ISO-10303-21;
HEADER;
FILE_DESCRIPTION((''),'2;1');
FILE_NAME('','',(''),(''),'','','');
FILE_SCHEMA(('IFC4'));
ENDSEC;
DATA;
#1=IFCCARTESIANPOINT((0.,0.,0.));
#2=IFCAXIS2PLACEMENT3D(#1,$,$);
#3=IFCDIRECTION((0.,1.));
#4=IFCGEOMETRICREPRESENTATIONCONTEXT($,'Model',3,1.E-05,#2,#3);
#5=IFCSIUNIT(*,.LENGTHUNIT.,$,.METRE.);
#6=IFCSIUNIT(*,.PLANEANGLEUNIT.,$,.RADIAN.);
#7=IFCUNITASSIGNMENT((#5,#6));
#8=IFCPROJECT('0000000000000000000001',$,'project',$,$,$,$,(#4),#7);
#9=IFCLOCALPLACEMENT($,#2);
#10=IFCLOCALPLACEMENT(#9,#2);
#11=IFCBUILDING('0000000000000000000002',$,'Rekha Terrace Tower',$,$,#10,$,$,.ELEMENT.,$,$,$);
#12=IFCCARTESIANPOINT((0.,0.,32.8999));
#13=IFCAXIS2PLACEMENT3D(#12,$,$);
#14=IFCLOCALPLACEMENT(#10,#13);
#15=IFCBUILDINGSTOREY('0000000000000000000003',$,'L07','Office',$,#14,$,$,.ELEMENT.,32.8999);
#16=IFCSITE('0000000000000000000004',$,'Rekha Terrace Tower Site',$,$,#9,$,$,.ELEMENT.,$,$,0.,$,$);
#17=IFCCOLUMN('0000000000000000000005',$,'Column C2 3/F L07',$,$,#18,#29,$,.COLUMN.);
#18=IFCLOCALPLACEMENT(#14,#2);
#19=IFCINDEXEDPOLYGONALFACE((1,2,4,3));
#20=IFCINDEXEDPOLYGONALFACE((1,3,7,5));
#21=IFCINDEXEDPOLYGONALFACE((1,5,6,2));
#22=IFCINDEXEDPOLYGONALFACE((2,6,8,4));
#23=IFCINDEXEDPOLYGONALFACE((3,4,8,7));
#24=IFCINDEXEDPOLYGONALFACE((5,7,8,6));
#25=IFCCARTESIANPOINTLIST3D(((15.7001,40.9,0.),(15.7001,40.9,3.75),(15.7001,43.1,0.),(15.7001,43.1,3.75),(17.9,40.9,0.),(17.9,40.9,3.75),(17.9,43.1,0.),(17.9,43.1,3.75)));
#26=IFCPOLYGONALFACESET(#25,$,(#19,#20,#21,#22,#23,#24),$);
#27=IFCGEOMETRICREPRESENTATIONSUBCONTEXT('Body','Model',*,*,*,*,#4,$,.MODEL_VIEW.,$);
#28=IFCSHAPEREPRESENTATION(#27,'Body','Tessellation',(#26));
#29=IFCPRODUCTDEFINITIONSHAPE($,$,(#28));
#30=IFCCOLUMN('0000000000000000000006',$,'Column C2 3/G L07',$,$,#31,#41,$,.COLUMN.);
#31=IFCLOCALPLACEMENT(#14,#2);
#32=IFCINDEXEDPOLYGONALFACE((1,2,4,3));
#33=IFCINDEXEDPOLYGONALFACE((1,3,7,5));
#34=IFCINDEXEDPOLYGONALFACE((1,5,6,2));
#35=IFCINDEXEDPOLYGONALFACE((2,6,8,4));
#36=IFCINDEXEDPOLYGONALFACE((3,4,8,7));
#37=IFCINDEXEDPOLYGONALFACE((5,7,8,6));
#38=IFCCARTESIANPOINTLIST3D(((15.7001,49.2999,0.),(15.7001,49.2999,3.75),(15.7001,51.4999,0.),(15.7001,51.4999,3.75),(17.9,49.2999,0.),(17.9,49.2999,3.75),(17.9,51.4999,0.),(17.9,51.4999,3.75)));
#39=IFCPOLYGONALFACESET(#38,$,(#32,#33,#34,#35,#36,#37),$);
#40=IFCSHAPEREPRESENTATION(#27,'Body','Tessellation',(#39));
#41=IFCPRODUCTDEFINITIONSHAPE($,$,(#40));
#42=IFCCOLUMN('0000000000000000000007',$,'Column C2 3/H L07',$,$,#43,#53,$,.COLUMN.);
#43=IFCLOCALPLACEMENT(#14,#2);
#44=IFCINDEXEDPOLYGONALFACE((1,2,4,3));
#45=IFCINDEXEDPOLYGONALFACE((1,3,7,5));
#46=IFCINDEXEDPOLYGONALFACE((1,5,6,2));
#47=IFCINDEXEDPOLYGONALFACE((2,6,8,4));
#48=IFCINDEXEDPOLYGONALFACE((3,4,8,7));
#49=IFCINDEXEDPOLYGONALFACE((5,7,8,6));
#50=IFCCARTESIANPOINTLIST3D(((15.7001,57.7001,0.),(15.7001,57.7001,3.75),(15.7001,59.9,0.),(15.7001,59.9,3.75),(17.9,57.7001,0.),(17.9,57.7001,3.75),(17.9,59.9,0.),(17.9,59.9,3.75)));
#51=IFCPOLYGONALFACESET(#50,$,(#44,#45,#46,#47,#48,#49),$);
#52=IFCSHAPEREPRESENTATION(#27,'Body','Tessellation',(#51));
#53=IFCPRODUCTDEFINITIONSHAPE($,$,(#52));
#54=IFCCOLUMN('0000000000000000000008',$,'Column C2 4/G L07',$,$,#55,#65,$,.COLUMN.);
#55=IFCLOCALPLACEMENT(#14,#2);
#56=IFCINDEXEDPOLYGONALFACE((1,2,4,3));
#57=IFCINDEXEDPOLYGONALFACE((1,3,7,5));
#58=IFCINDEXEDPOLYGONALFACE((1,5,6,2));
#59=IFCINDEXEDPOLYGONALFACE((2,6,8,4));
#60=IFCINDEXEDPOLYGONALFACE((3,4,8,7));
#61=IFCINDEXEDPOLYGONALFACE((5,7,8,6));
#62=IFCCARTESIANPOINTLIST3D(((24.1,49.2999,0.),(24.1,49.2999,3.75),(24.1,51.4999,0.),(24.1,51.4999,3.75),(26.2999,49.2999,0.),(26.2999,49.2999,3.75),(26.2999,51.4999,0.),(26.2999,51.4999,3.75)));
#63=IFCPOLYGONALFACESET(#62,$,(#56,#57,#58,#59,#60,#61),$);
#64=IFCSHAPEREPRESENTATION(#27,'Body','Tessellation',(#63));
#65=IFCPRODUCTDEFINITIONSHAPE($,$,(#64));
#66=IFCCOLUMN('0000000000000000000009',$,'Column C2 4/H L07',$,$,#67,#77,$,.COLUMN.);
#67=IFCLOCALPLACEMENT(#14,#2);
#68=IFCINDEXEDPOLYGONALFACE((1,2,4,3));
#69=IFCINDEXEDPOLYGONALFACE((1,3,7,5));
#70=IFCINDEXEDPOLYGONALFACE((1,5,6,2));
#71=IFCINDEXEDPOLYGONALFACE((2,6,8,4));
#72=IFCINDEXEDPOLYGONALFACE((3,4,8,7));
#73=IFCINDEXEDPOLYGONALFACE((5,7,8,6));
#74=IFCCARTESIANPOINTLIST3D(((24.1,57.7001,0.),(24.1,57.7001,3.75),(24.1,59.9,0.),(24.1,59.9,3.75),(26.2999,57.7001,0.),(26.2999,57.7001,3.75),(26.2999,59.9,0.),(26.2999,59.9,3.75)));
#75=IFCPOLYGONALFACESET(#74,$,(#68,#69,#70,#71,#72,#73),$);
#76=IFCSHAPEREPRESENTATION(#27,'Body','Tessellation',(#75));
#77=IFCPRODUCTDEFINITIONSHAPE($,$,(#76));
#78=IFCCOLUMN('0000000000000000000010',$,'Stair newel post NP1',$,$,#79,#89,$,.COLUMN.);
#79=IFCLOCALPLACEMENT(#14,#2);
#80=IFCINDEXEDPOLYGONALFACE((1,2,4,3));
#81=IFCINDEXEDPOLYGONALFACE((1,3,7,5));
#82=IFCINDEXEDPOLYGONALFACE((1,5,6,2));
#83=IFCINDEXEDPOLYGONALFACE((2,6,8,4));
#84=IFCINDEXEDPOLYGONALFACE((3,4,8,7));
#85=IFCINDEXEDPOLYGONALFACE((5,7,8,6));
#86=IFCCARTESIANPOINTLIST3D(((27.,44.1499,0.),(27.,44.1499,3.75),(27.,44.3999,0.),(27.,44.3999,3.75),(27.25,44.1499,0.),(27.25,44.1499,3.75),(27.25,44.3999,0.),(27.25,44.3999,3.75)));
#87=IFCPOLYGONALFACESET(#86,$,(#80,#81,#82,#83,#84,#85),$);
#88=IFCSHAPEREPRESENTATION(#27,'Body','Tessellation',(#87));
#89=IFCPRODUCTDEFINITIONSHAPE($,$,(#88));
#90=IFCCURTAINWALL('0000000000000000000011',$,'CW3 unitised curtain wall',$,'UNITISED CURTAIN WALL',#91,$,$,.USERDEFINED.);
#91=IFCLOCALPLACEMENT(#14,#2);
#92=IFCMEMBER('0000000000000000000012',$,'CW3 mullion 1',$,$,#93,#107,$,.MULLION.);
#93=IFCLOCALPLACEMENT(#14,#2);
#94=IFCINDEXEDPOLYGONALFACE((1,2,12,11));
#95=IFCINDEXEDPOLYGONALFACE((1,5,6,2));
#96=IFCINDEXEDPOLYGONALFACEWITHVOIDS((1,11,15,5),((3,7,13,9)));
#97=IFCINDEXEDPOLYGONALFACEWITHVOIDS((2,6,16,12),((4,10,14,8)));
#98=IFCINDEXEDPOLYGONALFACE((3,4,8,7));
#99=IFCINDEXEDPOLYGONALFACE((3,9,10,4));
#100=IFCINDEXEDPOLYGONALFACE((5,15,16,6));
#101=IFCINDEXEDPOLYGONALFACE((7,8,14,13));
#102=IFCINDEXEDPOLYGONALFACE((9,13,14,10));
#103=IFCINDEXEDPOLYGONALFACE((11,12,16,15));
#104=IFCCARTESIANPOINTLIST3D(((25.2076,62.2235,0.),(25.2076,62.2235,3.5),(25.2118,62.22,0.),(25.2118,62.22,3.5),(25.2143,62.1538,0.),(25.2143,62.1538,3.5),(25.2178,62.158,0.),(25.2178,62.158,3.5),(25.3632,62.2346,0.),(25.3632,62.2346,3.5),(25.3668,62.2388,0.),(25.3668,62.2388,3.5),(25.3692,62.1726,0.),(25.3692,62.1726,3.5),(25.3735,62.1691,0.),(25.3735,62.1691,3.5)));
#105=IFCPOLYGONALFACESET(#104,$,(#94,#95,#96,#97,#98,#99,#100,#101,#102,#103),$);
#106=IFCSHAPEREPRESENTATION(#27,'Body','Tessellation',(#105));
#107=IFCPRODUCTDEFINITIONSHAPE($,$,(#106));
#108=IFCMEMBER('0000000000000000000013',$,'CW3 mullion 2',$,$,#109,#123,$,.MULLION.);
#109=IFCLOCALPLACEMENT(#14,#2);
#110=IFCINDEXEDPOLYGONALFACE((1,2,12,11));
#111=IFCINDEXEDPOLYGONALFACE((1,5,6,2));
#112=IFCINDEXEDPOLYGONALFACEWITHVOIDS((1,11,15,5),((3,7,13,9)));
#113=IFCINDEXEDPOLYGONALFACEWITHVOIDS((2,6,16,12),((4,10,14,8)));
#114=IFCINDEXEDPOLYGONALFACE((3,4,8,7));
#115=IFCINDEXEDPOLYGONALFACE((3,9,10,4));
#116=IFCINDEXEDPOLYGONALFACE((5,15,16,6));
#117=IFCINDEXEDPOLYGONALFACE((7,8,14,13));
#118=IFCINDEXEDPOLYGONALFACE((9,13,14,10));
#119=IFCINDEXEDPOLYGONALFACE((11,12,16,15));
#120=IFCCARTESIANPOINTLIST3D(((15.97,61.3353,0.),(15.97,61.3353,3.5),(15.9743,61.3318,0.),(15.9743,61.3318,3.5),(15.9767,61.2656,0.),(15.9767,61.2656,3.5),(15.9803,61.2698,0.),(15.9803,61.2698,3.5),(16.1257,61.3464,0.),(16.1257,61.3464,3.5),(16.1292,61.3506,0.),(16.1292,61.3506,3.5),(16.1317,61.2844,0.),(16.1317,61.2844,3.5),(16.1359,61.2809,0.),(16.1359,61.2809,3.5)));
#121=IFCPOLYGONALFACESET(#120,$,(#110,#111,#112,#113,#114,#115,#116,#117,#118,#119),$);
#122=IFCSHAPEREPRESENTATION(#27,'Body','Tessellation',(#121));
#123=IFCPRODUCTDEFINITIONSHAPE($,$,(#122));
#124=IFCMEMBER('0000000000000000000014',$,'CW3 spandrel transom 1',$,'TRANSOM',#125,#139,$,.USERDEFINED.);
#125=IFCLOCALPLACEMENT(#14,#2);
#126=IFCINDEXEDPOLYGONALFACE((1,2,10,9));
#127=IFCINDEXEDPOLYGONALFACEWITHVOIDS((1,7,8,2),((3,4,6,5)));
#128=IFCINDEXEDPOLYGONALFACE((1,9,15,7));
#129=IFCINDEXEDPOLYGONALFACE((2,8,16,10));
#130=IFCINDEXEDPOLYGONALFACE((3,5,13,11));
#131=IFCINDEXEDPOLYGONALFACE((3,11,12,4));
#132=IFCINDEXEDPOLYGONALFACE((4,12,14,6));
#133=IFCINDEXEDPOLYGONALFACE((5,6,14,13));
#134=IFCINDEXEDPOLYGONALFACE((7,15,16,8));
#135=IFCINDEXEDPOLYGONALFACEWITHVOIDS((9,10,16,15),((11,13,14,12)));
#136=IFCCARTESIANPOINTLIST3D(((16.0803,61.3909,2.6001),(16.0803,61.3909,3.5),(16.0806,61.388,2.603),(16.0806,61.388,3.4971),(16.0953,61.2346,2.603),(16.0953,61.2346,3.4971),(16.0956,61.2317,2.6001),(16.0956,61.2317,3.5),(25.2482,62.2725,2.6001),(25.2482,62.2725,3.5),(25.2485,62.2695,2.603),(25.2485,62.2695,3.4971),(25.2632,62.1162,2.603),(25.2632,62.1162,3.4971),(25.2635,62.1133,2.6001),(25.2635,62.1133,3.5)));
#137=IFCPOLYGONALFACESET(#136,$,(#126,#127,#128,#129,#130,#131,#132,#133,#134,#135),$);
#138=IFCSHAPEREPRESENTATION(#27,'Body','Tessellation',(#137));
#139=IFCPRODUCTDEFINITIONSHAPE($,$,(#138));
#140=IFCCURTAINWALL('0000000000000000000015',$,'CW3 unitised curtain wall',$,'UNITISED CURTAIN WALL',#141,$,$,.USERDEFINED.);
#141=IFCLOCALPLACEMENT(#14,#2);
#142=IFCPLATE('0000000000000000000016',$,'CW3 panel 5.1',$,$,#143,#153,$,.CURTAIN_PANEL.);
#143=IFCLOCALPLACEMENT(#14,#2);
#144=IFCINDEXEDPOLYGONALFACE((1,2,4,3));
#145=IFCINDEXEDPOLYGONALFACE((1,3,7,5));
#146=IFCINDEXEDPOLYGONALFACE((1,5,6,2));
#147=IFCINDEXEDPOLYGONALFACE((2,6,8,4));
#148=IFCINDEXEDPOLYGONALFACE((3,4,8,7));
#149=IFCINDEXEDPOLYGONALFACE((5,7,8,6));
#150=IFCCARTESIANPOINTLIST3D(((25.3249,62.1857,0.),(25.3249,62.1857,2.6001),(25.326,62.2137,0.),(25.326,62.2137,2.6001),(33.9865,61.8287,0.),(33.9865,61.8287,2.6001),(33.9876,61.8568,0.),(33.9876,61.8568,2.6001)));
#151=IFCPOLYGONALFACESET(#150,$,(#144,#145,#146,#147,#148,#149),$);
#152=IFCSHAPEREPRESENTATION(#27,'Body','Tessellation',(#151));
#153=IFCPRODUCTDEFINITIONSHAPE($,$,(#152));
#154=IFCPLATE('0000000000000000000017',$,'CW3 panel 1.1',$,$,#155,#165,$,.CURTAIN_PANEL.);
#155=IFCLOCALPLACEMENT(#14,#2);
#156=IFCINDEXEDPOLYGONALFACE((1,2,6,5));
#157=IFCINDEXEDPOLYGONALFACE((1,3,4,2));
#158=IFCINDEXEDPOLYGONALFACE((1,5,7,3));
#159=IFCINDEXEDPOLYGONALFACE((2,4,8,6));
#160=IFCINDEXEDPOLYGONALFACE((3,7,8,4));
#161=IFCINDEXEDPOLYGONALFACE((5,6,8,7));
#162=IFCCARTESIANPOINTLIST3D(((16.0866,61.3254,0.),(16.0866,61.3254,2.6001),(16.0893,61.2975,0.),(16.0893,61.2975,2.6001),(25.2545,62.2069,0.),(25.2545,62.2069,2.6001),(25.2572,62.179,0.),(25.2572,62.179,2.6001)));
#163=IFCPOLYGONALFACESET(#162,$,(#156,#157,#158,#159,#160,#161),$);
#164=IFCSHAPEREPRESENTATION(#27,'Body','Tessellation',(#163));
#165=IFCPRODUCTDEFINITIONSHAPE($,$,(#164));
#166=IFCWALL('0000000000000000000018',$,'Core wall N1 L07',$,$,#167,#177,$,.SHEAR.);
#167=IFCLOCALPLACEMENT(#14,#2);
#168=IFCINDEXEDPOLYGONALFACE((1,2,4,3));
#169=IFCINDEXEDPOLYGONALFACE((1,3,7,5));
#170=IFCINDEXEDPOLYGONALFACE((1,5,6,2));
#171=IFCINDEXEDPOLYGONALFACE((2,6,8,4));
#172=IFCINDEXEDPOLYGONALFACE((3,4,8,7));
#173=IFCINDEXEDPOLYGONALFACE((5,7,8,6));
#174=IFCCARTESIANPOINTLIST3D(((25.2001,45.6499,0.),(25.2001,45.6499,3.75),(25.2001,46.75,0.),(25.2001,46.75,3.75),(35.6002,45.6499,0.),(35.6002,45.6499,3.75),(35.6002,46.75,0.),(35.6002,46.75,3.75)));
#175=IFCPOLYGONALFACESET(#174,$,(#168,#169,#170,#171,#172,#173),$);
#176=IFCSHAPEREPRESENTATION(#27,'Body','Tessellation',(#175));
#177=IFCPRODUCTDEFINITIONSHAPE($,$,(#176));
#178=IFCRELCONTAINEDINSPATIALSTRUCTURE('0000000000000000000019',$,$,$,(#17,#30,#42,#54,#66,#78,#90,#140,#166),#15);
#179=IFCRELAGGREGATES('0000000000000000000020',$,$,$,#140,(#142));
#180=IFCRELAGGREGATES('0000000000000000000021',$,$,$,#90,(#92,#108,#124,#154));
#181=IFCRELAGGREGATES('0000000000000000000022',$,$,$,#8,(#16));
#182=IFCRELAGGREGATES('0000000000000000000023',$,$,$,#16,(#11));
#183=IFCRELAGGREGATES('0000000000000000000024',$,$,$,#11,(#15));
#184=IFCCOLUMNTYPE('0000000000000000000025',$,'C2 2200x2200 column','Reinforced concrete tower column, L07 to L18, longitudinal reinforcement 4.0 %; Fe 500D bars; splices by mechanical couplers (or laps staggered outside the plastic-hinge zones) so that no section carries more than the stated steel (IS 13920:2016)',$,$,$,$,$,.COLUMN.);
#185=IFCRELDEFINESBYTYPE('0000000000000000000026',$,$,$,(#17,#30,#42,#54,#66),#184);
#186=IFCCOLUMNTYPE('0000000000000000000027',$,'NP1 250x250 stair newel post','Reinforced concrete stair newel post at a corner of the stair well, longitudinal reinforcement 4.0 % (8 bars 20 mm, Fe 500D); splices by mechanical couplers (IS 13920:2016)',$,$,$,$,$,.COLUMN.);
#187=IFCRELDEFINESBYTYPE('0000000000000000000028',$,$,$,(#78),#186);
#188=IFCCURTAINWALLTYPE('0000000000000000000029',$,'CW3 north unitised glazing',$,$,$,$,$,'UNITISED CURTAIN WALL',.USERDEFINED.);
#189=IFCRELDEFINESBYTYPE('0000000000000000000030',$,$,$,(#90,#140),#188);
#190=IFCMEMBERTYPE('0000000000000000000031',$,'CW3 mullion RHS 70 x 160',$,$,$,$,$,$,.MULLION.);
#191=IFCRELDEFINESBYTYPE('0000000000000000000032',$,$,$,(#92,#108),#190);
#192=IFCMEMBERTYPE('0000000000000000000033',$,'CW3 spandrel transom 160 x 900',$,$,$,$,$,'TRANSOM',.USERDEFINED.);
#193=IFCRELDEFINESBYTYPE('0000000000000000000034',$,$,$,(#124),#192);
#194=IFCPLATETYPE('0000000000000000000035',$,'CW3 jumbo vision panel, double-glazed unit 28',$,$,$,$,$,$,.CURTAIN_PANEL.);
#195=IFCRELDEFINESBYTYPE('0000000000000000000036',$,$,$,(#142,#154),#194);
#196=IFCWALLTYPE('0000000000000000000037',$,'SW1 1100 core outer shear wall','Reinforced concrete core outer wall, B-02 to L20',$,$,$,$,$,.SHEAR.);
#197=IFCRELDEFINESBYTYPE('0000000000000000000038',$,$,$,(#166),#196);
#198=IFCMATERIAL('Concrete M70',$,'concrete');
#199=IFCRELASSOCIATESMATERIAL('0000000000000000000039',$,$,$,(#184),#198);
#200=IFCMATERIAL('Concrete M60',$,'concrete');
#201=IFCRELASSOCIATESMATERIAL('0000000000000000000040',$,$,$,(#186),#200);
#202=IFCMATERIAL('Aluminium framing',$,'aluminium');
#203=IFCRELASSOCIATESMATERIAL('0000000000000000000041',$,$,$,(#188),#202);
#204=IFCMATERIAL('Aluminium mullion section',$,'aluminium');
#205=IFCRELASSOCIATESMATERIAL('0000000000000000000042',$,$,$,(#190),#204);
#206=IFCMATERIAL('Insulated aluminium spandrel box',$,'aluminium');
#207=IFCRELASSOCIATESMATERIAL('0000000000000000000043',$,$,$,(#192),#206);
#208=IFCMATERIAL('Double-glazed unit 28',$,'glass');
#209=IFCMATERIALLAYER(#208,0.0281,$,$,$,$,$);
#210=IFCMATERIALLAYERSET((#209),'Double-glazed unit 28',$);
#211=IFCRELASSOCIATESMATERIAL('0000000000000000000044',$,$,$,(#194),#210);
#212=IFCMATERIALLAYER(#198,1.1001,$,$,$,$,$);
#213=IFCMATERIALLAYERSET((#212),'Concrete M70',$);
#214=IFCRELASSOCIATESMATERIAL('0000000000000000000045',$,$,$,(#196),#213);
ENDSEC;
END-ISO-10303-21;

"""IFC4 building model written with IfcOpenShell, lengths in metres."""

from ifc_helpers import new_model, si_unit, direction, frame, frame_2d, origin, origin_2d, place, context, subcontext, project, spatial, rectangle, hollow_rectangle, extrude, material, layer, layer_set, material_profile, profile_set, type_object, element, aggregate, save


model = new_model("IFC4")

# Units and contexts
model_context = context("Model", 3, precision=1e-05, world=origin(), true_north=direction((0.0, 1.0)))
body_context = subcontext(model_context, "Body", "Model", "MODEL_VIEW")
ifc_project = project(units=[si_unit("LENGTHUNIT", "METRE"), si_unit("PLANEANGLEUNIT", "RADIAN")], contexts=[model_context])

# Site, building, storey
site_placement = place(None, origin())
site = spatial("IfcSite", under=ifc_project, at=site_placement, Name="Rekha Terrace Tower Site", CompositionType="ELEMENT", RefElevation=0.0)
building_placement = place(site_placement, origin())
building = spatial("IfcBuilding", under=site, at=building_placement, Name="Rekha Terrace Tower", CompositionType="ELEMENT")
storey_placement = place(building_placement, frame((0.0, 0.0, 32.8999)))
storey = spatial("IfcBuildingStorey", under=building, at=storey_placement, Name="L07", Description="Office", CompositionType="ELEMENT", Elevation=32.8999)

# Columns
ifc_material_1 = material(Name="Concrete M70", Category="concrete")
ifc_material_profile_1 = material_profile(ifc_material_1, rectangle(XDim=2.2, YDim=2.2, at=origin_2d()), Name="RC 2200x2200")
ifc_profile_set_1 = profile_set([ifc_material_profile_1], Name="Concrete M70")
column_type_1 = type_object("IfcColumnType", Name="C2 2200x2200 column", Description="Reinforced concrete tower column, L07 to L18, longitudinal reinforcement 4.0 %; Fe 500D bars; splices by mechanical couplers (or laps staggered outside the plastic-hinge zones) so that no section carries more than the stated steel (IS 13920:2016)", PredefinedType="COLUMN", material=ifc_profile_set_1)
for number, where, z_axis, x_axis, name in (
    (1, (16.8, 42.0, 0.0), (0.0, 0.0, 1.0), (1.0, 0.0, 0.0), "Column C2 3/F L07"),
    (2, (16.8, 50.3999, 0.0), (0.0, 0.0, 1.0), (1.0, 0.0, 0.0), "Column C2 3/G L07"),
    (3, (16.8, 58.8, 0.0), (0.0, 0.0, 1.0), (1.0, 0.0, 0.0), "Column C2 3/H L07"),
    (4, (25.2, 50.3999, 0.0), (0.0, 0.0, 1.0), (1.0, 0.0, 0.0), "Column C2 4/G L07"),
    (5, (25.2, 58.8, 0.0), (0.0, 0.0, 1.0), (1.0, 0.0, 0.0), "Column C2 4/H L07"),
):
    element("IfcColumn", number, at=place(storey_placement, frame(where, z_axis=z_axis, x_axis=x_axis)), inside=storey, type_object=column_type_1, Name=name, PredefinedType="COLUMN", context=body_context, shape_type="SweptSolid", body=[
        extrude(rectangle(XDim=2.2, YDim=2.2, at=origin_2d()), origin(), (0.0, 0.0, 1.0), 3.75),
    ])
ifc_material_2 = material(Name="Concrete M60", Category="concrete")
ifc_material_profile_2 = material_profile(ifc_material_2, rectangle(XDim=0.25, YDim=0.25, at=origin_2d()), Name="RC 250x250")
ifc_profile_set_2 = profile_set([ifc_material_profile_2], Name="Concrete M60")
column_type_2 = type_object("IfcColumnType", Name="NP1 250x250 stair newel post", Description="Reinforced concrete stair newel post at a corner of the stair well, longitudinal reinforcement 4.0 % (8 bars 20 mm, Fe 500D); splices by mechanical couplers (IS 13920:2016)", PredefinedType="COLUMN", material=ifc_profile_set_2)
column_placement = place(storey_placement, frame((27.125, 44.2749, 0.0), z_axis=(0.0, 0.0, 1.0), x_axis=(1.0, 0.0, 0.0)))
element("IfcColumn", 6, at=column_placement, inside=storey, type_object=column_type_2, Name="Stair newel post NP1", PredefinedType="COLUMN", context=body_context, shape_type="SweptSolid", body=[
    extrude(rectangle(XDim=0.25, YDim=0.25, at=origin_2d()), origin(), (0.0, 0.0, 1.0), 3.75),
])

# Curtain wall, members
ifc_material_3 = material(Name="Aluminium framing", Category="aluminium")
curtain_wall_type = type_object("IfcCurtainWallType", Name="CW3 north unitised glazing", ElementType="UNITISED CURTAIN WALL", PredefinedType="USERDEFINED", material=ifc_material_3)
curtain_wall_1_placement = place(storey_placement, origin())
curtain_wall_1 = element("IfcCurtainWall", 7, at=curtain_wall_1_placement, inside=storey, type_object=curtain_wall_type, Name="CW3 unitised curtain wall", ObjectType="UNITISED CURTAIN WALL", PredefinedType="USERDEFINED")
ifc_material_4 = material(Name="Aluminium mullion section", Category="aluminium")
ifc_material_profile_3 = material_profile(ifc_material_4, hollow_rectangle(XDim=0.0701, YDim=0.1599, WallThickness=0.0039, at=origin_2d()), Name="AL RHS 70x160")
ifc_profile_set_3 = profile_set([ifc_material_profile_3], Name="Aluminium mullion section")
member_type_1 = type_object("IfcMemberType", Name="CW3 mullion RHS 70 x 160", PredefinedType="MULLION", material=ifc_profile_set_3)
member_1_placement = place(storey_placement, frame((25.2905, 62.1963, 0.0), z_axis=(0.0, 0.0, 1.0), x_axis=(0.095712, -0.995409, 0.0)))
member_1 = element("IfcMember", 8, at=member_1_placement, type_object=member_type_1, Name="CW3 mullion 1", PredefinedType="MULLION", context=body_context, shape_type="SweptSolid", body=[
    extrude(hollow_rectangle(XDim=0.0701, YDim=0.1599, WallThickness=0.0039, at=origin_2d()), origin(), (0.0, 0.0, 1.0), 3.5),
])
member_2_placement = place(storey_placement, frame((16.053, 61.3081, 0.0), z_axis=(0.0, 0.0, 1.0), x_axis=(0.095712, -0.995409, 0.0)))
member_2 = element("IfcMember", 9, at=member_2_placement, type_object=member_type_1, Name="CW3 mullion 2", PredefinedType="MULLION", context=body_context, shape_type="SweptSolid", body=[
    extrude(hollow_rectangle(XDim=0.0701, YDim=0.1599, WallThickness=0.0039, at=origin_2d()), origin(), (0.0, 0.0, 1.0), 3.5),
])
ifc_material_5 = material(Name="Insulated aluminium spandrel box", Category="aluminium")
ifc_material_profile_4 = material_profile(ifc_material_5, hollow_rectangle(XDim=0.1599, YDim=0.8999, WallThickness=0.0029, at=origin_2d()), Name="AL SPANDREL BOX 160x900")
ifc_profile_set_4 = profile_set([ifc_material_profile_4], Name="Insulated aluminium spandrel box")
member_type_2 = type_object("IfcMemberType", Name="CW3 spandrel transom 160 x 900", ElementType="TRANSOM", PredefinedType="USERDEFINED", material=ifc_profile_set_4)
member_3_placement = place(storey_placement, frame((25.2559, 62.1929, 3.05), z_axis=(-0.995408, -0.095718, 0.0), x_axis=(0.095718, -0.995408, 0.0)))
member_3 = element("IfcMember", 10, at=member_3_placement, type_object=member_type_2, Name="CW3 spandrel transom 1", ObjectType="TRANSOM", PredefinedType="USERDEFINED", context=body_context, shape_type="SweptSolid", body=[
    extrude(hollow_rectangle(XDim=0.1599, YDim=0.8999, WallThickness=0.0029, at=origin_2d()), origin(), (0.0, 0.0, 1.0), 9.2102),
])

# Curtain wall, plate
curtain_wall_2_placement = place(storey_placement, origin())
curtain_wall_2 = element("IfcCurtainWall", 11, at=curtain_wall_2_placement, inside=storey, type_object=curtain_wall_type, Name="CW3 unitised curtain wall", ObjectType="UNITISED CURTAIN WALL", PredefinedType="USERDEFINED")
ifc_material_6 = material(Name="Double-glazed unit 28", Category="glass")
ifc_layer_1 = layer(ifc_material_6, 0.0281)
ifc_layer_set_1 = layer_set([ifc_layer_1], Name="Double-glazed unit 28")
plate_type = type_object("IfcPlateType", Name="CW3 jumbo vision panel, double-glazed unit 28", PredefinedType="CURTAIN_PANEL", material=ifc_layer_set_1)
plate_1_placement = place(storey_placement, frame((29.6562, 62.0212, 0.0), z_axis=(0.0, 0.0, 1.0), x_axis=(-0.999152, 0.041174, 0.0)))
plate_1 = element("IfcPlate", 12, at=plate_1_placement, type_object=plate_type, Name="CW3 panel 5.1", PredefinedType="CURTAIN_PANEL", context=body_context, shape_type="SweptSolid", body=[
    extrude(rectangle(XDim=8.6689, YDim=0.0281, at=origin_2d()), origin(), (0.0, 0.0, 1.0), 2.6001),
])
aggregate(curtain_wall_2, [plate_1])

# Plate
plate_2_placement = place(storey_placement, frame((20.6719, 61.7522, 0.0), z_axis=(0.0, 0.0, 1.0), x_axis=(-0.995409, -0.095712, 0.0)))
plate_2 = element("IfcPlate", 13, at=plate_2_placement, type_object=plate_type, Name="CW3 panel 1.1", PredefinedType="CURTAIN_PANEL", context=body_context, shape_type="SweptSolid", body=[
    extrude(rectangle(XDim=9.2102, YDim=0.0281, at=origin_2d()), origin(), (0.0, 0.0, 1.0), 2.6001),
])
aggregate(curtain_wall_1, [member_1, member_2, member_3, plate_2])

# Wall
ifc_layer_2 = layer(ifc_material_1, 1.1001)
ifc_layer_set_2 = layer_set([ifc_layer_2], Name="Concrete M70")
wall_type_1 = type_object("IfcWallType", Name="SW1 1100 core outer shear wall", Description="Reinforced concrete core outer wall, B-02 to L20", PredefinedType="SHEAR", material=ifc_layer_set_2)
wall_1_placement = place(storey_placement, frame((25.2, 46.2, 0.0), z_axis=(0.0, 0.0, 1.0), x_axis=(1.0, 0.0, 0.0)))
element("IfcWall", 14, at=wall_1_placement, inside=storey, type_object=wall_type_1, Name="Core wall N1 L07", PredefinedType="SHEAR", context=body_context, shape_type="SweptSolid", body=[
    extrude(rectangle(XDim=10.4001, YDim=1.1001, at=frame_2d((5.2002, 0.0))), origin(), (0.0, 0.0, 1.0), 3.75),
])

save(model, "model.ifc")
